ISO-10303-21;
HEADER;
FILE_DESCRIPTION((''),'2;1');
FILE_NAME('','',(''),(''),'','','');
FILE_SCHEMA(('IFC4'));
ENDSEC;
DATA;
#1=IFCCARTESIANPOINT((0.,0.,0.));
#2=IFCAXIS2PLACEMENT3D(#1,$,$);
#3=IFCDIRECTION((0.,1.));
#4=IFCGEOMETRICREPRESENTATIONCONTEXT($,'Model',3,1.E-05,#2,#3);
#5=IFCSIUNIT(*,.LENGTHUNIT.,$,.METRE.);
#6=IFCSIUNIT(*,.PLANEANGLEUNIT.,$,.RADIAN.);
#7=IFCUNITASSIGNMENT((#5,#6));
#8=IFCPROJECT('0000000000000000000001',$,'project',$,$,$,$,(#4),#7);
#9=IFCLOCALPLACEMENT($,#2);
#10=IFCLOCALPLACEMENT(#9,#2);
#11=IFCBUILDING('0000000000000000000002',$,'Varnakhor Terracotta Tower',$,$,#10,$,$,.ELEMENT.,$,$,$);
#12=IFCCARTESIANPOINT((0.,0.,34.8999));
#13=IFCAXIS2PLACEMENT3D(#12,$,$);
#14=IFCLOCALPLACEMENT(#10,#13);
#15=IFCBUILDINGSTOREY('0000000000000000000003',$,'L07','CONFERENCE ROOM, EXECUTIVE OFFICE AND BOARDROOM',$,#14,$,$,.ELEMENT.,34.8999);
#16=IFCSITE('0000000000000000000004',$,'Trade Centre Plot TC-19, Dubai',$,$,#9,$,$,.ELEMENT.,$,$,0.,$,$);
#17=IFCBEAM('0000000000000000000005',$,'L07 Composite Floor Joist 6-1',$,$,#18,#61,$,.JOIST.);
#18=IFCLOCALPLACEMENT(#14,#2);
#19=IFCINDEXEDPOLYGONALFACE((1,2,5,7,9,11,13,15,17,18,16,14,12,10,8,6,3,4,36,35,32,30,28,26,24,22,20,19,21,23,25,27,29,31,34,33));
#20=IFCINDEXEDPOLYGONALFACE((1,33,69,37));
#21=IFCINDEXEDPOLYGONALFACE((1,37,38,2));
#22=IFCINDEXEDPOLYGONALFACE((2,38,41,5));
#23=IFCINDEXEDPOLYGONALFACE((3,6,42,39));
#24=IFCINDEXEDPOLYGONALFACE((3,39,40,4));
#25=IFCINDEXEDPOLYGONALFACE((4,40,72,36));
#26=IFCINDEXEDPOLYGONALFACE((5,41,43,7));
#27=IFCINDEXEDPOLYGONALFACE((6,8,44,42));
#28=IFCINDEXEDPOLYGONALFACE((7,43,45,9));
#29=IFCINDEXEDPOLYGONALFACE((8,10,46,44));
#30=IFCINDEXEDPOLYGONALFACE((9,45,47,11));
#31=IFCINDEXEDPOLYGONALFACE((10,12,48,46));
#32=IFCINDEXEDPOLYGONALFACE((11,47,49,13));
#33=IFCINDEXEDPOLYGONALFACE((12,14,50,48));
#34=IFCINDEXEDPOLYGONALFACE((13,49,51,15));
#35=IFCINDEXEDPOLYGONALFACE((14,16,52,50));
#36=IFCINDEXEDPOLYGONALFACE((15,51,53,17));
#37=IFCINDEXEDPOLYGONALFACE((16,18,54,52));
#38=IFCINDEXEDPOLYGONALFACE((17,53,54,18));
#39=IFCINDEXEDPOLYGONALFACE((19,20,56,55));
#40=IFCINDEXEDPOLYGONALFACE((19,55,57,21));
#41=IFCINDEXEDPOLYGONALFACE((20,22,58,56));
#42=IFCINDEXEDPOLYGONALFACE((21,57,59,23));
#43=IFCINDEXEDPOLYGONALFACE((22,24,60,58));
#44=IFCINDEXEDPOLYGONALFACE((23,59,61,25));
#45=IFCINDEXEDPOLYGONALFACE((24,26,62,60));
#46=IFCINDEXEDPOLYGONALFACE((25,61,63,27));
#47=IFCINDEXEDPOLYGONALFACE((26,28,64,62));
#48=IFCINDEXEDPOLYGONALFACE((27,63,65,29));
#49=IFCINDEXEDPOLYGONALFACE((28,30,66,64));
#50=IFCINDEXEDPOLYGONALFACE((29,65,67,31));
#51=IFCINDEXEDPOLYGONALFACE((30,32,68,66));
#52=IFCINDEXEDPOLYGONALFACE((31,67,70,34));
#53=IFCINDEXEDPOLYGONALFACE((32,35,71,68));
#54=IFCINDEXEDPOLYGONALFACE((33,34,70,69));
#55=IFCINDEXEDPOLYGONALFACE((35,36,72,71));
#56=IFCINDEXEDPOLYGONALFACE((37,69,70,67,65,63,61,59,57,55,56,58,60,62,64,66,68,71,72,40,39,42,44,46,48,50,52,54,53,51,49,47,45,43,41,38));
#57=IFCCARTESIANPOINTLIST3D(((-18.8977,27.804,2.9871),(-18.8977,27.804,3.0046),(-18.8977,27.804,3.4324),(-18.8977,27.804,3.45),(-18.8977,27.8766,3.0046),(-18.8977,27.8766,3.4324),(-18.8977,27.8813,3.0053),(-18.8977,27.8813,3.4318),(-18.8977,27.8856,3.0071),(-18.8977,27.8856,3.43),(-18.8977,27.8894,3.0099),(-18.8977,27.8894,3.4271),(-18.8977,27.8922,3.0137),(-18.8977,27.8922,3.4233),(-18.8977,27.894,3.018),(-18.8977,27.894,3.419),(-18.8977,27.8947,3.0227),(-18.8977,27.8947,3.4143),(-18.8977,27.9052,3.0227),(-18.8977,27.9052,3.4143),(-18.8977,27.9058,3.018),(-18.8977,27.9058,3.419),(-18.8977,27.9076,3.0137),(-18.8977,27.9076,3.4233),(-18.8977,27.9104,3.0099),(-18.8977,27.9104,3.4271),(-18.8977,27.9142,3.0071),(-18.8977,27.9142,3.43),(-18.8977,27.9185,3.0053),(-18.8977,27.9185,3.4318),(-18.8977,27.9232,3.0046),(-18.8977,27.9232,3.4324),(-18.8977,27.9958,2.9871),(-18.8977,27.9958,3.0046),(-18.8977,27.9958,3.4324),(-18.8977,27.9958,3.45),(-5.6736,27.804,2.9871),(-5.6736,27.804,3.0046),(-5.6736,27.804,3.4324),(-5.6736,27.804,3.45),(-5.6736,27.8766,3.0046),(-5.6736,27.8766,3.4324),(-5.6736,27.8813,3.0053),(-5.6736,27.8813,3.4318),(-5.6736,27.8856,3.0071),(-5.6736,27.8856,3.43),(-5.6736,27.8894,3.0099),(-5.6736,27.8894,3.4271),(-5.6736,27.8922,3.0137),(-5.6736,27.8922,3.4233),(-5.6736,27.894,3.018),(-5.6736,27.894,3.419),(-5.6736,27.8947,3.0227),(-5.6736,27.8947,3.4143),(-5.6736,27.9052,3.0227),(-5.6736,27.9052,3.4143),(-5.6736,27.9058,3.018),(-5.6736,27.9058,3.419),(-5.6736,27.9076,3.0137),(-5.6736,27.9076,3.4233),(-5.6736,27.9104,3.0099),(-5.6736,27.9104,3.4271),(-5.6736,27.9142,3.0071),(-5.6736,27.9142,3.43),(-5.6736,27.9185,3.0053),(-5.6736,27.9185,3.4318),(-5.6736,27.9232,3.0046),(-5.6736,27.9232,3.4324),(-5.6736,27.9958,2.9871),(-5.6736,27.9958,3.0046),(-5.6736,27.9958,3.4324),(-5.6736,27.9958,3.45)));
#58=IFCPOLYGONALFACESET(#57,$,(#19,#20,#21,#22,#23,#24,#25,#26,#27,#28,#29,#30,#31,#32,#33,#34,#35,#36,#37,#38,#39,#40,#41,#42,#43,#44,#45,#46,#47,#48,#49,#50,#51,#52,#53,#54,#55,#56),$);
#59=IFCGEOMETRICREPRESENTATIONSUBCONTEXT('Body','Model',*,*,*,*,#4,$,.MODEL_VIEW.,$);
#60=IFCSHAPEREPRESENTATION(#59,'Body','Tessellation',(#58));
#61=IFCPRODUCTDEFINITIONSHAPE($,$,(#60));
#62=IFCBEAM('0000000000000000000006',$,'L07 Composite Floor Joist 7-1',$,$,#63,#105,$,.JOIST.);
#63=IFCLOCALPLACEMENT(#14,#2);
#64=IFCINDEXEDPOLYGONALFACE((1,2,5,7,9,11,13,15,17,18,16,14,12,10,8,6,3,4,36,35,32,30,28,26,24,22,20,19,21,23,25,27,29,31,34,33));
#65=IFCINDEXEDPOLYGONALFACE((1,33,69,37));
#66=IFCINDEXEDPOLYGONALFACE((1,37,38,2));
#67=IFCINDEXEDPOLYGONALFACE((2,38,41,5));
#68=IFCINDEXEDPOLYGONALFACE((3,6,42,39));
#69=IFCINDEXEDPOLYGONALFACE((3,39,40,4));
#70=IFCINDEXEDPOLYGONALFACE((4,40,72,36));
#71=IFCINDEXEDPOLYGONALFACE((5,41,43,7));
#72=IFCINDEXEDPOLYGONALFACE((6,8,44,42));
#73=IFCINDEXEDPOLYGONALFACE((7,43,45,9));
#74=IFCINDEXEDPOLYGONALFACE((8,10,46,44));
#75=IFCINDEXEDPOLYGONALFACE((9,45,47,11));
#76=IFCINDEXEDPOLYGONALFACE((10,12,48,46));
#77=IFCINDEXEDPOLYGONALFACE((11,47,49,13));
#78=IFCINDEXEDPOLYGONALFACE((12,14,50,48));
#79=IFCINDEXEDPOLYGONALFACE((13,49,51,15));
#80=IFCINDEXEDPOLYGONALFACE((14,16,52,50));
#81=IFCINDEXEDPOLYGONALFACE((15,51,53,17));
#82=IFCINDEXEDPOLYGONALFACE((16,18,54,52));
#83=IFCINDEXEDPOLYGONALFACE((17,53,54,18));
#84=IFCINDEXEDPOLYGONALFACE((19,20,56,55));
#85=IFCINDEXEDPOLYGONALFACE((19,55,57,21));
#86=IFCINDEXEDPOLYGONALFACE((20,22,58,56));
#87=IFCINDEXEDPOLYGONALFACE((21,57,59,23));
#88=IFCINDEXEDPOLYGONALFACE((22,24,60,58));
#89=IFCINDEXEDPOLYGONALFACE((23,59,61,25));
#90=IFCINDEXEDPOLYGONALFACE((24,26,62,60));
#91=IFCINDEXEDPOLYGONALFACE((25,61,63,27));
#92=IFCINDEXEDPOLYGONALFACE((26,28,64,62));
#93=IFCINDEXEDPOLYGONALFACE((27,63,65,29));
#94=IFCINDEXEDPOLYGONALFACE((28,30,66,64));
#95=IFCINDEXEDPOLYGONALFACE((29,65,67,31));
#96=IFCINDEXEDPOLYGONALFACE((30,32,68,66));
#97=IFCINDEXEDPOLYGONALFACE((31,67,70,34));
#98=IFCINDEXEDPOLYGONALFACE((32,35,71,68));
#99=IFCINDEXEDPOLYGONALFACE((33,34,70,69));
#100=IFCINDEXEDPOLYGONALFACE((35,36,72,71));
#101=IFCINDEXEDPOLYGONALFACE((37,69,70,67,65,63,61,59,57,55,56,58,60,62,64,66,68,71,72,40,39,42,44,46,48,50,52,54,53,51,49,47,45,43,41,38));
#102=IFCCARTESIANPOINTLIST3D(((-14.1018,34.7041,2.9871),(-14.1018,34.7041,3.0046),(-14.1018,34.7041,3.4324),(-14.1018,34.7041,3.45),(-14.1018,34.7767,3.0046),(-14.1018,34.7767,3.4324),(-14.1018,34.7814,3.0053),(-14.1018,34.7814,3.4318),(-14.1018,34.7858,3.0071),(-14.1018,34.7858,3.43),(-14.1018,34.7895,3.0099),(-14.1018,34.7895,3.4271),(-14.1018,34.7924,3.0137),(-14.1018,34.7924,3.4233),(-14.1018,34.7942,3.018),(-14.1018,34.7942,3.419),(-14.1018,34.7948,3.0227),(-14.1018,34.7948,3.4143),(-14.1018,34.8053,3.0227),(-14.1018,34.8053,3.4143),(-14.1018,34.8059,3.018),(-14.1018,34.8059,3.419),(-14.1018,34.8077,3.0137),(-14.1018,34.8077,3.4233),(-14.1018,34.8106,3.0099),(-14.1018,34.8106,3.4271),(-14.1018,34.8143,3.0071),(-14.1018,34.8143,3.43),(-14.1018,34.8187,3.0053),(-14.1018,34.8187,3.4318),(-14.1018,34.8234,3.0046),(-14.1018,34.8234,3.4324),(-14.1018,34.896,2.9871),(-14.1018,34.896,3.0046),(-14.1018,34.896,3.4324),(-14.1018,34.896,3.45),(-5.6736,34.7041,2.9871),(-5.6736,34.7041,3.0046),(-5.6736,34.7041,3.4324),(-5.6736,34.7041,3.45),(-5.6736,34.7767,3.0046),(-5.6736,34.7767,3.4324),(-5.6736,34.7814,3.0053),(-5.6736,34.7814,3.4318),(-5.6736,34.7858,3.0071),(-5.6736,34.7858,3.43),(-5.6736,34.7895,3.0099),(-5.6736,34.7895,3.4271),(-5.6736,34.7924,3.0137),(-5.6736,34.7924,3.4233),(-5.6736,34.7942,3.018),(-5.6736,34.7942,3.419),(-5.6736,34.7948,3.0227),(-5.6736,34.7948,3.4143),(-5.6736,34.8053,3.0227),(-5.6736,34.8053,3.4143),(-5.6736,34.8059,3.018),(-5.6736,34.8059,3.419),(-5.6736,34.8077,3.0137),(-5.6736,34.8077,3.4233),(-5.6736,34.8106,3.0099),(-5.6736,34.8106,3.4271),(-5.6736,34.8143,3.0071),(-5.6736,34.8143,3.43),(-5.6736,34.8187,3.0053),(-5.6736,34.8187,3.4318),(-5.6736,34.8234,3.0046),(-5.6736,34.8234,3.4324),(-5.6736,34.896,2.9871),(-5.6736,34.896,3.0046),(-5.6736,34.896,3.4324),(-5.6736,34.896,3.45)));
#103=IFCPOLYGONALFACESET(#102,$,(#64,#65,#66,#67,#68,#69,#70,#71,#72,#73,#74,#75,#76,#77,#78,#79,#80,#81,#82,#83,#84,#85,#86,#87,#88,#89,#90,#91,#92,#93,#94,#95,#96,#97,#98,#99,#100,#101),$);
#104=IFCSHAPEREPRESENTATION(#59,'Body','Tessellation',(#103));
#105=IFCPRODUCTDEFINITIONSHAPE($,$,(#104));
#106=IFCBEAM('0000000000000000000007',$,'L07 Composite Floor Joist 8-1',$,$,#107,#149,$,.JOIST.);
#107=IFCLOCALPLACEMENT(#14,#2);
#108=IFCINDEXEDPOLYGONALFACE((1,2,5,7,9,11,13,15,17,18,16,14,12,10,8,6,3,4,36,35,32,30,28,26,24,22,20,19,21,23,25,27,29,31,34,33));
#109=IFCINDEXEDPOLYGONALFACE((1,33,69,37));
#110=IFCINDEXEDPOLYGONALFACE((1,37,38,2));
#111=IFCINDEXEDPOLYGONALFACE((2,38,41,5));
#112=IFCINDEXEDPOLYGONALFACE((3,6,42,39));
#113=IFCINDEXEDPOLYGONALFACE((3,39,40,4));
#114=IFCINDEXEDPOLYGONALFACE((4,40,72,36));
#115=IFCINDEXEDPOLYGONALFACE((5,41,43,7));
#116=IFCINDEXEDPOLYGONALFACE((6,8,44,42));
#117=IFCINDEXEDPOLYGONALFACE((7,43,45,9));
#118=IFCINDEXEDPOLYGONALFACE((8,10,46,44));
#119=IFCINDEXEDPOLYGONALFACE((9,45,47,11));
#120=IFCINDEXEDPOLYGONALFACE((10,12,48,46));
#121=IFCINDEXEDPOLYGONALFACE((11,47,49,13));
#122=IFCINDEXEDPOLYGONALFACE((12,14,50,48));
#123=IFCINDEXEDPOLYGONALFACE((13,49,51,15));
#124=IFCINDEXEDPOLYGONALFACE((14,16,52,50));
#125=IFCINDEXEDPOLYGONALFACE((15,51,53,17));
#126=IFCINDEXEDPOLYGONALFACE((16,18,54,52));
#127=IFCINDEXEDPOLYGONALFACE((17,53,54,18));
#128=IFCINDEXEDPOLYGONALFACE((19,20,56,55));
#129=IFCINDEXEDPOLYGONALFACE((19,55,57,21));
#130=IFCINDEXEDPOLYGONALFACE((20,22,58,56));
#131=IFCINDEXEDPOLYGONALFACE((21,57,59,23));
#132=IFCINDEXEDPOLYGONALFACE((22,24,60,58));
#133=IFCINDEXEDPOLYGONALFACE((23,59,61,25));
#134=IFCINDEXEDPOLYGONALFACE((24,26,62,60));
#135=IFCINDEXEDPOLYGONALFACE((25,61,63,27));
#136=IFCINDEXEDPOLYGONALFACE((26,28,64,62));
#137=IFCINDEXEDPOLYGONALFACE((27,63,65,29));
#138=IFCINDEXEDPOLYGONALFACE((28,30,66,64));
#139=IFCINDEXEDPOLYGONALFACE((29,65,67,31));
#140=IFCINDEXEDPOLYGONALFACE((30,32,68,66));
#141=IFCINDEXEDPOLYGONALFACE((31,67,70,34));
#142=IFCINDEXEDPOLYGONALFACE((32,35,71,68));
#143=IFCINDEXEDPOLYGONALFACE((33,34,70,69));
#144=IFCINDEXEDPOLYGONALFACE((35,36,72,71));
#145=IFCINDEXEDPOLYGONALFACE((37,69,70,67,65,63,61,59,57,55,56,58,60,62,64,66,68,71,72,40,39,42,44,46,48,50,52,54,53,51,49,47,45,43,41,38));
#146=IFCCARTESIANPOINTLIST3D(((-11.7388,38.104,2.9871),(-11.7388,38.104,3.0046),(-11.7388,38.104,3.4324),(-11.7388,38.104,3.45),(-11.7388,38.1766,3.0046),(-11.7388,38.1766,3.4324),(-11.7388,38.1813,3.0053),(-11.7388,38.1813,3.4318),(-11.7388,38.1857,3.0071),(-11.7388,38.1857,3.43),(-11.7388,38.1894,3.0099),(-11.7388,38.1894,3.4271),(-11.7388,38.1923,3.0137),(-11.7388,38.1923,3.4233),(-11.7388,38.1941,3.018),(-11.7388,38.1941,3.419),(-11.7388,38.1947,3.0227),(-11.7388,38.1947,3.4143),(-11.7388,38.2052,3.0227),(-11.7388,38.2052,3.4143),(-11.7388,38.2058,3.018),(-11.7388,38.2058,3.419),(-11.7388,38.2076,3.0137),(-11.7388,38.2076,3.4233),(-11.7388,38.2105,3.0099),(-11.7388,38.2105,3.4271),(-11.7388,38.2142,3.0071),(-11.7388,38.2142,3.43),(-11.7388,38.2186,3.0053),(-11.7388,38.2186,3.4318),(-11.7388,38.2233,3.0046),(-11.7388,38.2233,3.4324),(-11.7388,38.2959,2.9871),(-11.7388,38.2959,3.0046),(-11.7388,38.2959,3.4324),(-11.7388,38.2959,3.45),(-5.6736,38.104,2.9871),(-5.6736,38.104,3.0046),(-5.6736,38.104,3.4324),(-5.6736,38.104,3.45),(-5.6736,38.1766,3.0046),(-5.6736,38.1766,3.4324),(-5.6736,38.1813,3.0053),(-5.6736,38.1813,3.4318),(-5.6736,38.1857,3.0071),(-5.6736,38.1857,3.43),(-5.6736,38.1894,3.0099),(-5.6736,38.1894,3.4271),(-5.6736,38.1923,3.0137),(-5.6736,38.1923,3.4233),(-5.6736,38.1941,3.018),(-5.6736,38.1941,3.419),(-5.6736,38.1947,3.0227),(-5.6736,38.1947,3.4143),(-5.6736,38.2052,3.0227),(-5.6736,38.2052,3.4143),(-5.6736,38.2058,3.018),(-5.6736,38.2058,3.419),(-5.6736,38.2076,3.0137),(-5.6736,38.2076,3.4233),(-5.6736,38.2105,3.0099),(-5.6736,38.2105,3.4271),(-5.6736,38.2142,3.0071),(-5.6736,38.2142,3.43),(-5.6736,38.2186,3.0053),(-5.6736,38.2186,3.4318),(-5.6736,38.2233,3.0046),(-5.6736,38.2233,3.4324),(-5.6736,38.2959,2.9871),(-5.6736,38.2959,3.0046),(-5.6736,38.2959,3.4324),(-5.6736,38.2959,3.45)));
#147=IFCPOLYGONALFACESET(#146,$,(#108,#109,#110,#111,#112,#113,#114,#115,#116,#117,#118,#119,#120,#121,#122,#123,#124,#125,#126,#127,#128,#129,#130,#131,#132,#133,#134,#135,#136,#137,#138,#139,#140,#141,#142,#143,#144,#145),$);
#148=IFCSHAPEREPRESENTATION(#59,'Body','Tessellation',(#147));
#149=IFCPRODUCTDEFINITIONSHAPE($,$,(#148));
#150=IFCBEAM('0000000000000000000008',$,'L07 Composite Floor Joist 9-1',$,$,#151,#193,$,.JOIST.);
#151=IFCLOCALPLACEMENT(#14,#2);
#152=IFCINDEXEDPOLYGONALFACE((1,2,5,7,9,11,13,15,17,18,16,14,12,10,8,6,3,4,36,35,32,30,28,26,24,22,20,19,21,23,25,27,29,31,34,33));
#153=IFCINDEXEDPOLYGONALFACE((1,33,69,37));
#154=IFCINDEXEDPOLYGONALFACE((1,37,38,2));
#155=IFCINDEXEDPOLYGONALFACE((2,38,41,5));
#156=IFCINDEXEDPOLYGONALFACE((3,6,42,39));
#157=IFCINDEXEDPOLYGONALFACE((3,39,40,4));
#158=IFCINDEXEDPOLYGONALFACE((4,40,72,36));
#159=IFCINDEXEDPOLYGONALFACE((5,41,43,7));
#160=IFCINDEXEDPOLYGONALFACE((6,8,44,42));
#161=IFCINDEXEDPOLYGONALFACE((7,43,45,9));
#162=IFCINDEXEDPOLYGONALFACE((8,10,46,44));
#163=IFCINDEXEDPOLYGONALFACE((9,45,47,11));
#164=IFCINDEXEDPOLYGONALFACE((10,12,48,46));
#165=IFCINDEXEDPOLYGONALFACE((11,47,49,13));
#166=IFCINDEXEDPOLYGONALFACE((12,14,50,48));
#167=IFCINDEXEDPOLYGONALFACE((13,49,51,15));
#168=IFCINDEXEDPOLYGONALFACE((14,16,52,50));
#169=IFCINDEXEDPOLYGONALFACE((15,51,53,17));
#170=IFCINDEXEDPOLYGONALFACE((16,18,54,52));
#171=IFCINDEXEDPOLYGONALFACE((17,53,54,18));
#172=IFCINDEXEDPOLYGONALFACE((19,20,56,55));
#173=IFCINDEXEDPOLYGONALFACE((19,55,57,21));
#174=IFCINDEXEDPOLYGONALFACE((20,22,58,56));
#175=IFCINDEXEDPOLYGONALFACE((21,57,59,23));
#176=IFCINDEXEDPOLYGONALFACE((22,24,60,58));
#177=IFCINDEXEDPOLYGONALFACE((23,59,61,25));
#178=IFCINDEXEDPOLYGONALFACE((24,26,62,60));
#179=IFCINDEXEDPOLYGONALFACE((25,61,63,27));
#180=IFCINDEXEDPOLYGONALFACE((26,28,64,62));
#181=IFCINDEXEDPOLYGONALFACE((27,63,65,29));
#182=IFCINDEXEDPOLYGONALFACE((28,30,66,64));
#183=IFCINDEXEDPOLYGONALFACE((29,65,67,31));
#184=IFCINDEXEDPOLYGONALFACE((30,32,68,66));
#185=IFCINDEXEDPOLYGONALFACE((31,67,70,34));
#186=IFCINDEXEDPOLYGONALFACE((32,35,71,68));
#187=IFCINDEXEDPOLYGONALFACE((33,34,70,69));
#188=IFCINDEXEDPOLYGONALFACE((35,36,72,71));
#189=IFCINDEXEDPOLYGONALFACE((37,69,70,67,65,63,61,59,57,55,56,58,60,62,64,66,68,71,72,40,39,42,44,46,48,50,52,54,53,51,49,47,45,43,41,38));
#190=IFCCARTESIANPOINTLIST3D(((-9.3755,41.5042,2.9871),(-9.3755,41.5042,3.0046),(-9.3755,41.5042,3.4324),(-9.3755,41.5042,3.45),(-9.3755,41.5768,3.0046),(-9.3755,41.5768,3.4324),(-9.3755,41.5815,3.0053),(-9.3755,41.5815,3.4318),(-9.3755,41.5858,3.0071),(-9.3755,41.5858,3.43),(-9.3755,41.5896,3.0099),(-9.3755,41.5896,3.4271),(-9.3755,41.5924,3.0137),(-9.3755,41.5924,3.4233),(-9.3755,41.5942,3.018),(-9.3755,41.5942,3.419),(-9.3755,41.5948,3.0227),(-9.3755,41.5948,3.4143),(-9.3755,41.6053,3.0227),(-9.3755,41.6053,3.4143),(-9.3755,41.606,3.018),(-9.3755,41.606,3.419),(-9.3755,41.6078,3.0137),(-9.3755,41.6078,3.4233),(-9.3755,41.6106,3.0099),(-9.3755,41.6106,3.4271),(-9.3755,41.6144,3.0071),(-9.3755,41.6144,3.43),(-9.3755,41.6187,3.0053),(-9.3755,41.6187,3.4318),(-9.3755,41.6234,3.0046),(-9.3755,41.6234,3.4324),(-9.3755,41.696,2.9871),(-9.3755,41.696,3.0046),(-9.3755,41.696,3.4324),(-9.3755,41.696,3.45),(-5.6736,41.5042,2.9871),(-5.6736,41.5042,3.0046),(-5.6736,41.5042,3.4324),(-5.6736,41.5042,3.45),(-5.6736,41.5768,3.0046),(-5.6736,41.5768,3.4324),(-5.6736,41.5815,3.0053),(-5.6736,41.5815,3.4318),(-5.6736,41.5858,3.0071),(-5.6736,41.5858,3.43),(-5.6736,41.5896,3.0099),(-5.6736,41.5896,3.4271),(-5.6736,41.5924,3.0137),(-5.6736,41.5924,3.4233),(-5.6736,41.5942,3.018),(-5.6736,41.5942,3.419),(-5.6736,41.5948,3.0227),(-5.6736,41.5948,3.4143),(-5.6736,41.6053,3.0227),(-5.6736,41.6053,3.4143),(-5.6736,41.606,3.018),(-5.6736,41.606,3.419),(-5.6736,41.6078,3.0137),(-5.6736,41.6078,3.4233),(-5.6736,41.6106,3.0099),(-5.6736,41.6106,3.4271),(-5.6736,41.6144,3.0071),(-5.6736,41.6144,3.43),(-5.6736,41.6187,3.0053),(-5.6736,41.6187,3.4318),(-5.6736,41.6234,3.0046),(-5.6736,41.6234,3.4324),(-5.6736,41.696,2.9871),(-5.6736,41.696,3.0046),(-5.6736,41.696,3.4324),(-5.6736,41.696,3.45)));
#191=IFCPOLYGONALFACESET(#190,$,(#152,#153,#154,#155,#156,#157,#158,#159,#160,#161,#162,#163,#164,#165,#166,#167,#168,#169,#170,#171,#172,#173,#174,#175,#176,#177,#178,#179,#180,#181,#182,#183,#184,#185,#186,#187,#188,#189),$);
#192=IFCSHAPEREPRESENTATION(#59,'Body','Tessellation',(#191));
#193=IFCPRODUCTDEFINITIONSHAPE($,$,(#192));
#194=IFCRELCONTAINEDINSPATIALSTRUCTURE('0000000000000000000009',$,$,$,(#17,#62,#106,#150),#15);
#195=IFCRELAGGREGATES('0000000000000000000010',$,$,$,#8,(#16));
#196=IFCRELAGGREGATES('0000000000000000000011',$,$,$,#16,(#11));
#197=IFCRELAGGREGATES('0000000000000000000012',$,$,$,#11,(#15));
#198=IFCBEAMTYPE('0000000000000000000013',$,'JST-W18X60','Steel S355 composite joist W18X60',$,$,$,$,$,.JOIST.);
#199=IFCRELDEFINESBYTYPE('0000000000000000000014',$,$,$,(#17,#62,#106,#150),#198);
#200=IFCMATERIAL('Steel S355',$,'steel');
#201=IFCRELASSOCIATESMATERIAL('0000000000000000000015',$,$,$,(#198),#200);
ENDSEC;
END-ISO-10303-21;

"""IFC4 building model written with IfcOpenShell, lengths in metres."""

from ifc_helpers import new_model, si_unit, direction, frame, origin, origin_2d, place, context, subcontext, project, spatial, i_section, extrude, source, transform, mapped, material, material_profile, profile_set, type_object, element, save


model = new_model("IFC4")

# Units and contexts
model_context = context("Model", 3, precision=1e-05, world=origin(), true_north=direction((0.0, 1.0)))
body_context = subcontext(model_context, "Body", "Model", "MODEL_VIEW")
ifc_project = project(units=[si_unit("LENGTHUNIT", "METRE"), si_unit("PLANEANGLEUNIT", "RADIAN")], contexts=[model_context])

# Site, building, storey
site_placement = place(None, origin())
site = spatial("IfcSite", under=ifc_project, at=site_placement, Name="Trade Centre Plot TC-19, Dubai", CompositionType="ELEMENT", RefElevation=0.0)
building_placement = place(site_placement, origin())
building = spatial("IfcBuilding", under=site, at=building_placement, Name="Varnakhor Terracotta Tower", CompositionType="ELEMENT")
storey_placement = place(building_placement, frame((0.0, 0.0, 34.8999)))
storey = spatial("IfcBuildingStorey", under=building, at=storey_placement, Name="L07", Description="CONFERENCE ROOM, EXECUTIVE OFFICE AND BOARDROOM", CompositionType="ELEMENT", Elevation=34.8999)

# Beams
ifc_material_1 = material(Name="Steel S355", Category="steel")
ifc_material_profile_1 = material_profile(ifc_material_1, i_section(OverallWidth=0.1919, OverallDepth=0.4629, WebThickness=0.0105, FlangeThickness=0.0176, FilletRadius=0.0181, at=origin_2d()), Name="W18X60")
ifc_profile_set_1 = profile_set([ifc_material_profile_1], Name="Steel S355")
beam_type_1 = type_object("IfcBeamType", Name="JST-W18X60", Description="Steel S355 composite joist W18X60", PredefinedType="JOIST", material=ifc_profile_set_1)
shared_shape_1 = source(origin(), body_context, "Body", "SweptSolid", [
    extrude(i_section(OverallWidth=0.1919, OverallDepth=0.4629, WebThickness=0.0105, FlangeThickness=0.0176, FilletRadius=0.0181, at=origin_2d()), origin(), (0.0, 0.0, 1.0), 13.2241),
])
beam_1_placement = place(storey_placement, frame((-18.8977, 27.8999, 3.2185), z_axis=(1.0, 0.0, 0.0), x_axis=(0.0, 1.0, 0.0)))
element("IfcBeam", 1, at=beam_1_placement, inside=storey, type_object=beam_type_1, Name="L07 Composite Floor Joist 6-1", PredefinedType="JOIST", context=body_context, shape_type="MappedRepresentation", body=[
    mapped(shared_shape_1, transform((0.0, 0.0, 0.0), scale=1.0)),
])
shared_shape_2 = source(origin(), body_context, "Body", "SweptSolid", [
    extrude(i_section(OverallWidth=0.1919, OverallDepth=0.4629, WebThickness=0.0105, FlangeThickness=0.0176, FilletRadius=0.0181, at=origin_2d()), origin(), (0.0, 0.0, 1.0), 8.4282),
])
beam_2_placement = place(storey_placement, frame((-14.1018, 34.8, 3.2185), z_axis=(1.0, 0.0, 0.0), x_axis=(0.0, 1.0, 0.0)))
element("IfcBeam", 2, at=beam_2_placement, inside=storey, type_object=beam_type_1, Name="L07 Composite Floor Joist 7-1", PredefinedType="JOIST", context=body_context, shape_type="MappedRepresentation", body=[
    mapped(shared_shape_2, transform((0.0, 0.0, 0.0), scale=1.0)),
])
shared_shape_3 = source(origin(), body_context, "Body", "SweptSolid", [
    extrude(i_section(OverallWidth=0.1919, OverallDepth=0.4629, WebThickness=0.0105, FlangeThickness=0.0176, FilletRadius=0.0181, at=origin_2d()), origin(), (0.0, 0.0, 1.0), 6.0652),
])
beam_3_placement = place(storey_placement, frame((-11.7388, 38.2, 3.2185), z_axis=(1.0, 0.0, 0.0), x_axis=(0.0, 1.0, 0.0)))
element("IfcBeam", 3, at=beam_3_placement, inside=storey, type_object=beam_type_1, Name="L07 Composite Floor Joist 8-1", PredefinedType="JOIST", context=body_context, shape_type="MappedRepresentation", body=[
    mapped(shared_shape_3, transform((0.0, 0.0, 0.0), scale=1.0)),
])
shared_shape_4 = source(origin(), body_context, "Body", "SweptSolid", [
    extrude(i_section(OverallWidth=0.1919, OverallDepth=0.4629, WebThickness=0.0105, FlangeThickness=0.0176, FilletRadius=0.0181, at=origin_2d()), origin(), (0.0, 0.0, 1.0), 3.7019),
])
beam_4_placement = place(storey_placement, frame((-9.3755, 41.6001, 3.2185), z_axis=(1.0, 0.0, 0.0), x_axis=(0.0, 1.0, 0.0)))
element("IfcBeam", 4, at=beam_4_placement, inside=storey, type_object=beam_type_1, Name="L07 Composite Floor Joist 9-1", PredefinedType="JOIST", context=body_context, shape_type="MappedRepresentation", body=[
    mapped(shared_shape_4, transform((0.0, 0.0, 0.0), scale=1.0)),
])

save(model, "model.ifc")
